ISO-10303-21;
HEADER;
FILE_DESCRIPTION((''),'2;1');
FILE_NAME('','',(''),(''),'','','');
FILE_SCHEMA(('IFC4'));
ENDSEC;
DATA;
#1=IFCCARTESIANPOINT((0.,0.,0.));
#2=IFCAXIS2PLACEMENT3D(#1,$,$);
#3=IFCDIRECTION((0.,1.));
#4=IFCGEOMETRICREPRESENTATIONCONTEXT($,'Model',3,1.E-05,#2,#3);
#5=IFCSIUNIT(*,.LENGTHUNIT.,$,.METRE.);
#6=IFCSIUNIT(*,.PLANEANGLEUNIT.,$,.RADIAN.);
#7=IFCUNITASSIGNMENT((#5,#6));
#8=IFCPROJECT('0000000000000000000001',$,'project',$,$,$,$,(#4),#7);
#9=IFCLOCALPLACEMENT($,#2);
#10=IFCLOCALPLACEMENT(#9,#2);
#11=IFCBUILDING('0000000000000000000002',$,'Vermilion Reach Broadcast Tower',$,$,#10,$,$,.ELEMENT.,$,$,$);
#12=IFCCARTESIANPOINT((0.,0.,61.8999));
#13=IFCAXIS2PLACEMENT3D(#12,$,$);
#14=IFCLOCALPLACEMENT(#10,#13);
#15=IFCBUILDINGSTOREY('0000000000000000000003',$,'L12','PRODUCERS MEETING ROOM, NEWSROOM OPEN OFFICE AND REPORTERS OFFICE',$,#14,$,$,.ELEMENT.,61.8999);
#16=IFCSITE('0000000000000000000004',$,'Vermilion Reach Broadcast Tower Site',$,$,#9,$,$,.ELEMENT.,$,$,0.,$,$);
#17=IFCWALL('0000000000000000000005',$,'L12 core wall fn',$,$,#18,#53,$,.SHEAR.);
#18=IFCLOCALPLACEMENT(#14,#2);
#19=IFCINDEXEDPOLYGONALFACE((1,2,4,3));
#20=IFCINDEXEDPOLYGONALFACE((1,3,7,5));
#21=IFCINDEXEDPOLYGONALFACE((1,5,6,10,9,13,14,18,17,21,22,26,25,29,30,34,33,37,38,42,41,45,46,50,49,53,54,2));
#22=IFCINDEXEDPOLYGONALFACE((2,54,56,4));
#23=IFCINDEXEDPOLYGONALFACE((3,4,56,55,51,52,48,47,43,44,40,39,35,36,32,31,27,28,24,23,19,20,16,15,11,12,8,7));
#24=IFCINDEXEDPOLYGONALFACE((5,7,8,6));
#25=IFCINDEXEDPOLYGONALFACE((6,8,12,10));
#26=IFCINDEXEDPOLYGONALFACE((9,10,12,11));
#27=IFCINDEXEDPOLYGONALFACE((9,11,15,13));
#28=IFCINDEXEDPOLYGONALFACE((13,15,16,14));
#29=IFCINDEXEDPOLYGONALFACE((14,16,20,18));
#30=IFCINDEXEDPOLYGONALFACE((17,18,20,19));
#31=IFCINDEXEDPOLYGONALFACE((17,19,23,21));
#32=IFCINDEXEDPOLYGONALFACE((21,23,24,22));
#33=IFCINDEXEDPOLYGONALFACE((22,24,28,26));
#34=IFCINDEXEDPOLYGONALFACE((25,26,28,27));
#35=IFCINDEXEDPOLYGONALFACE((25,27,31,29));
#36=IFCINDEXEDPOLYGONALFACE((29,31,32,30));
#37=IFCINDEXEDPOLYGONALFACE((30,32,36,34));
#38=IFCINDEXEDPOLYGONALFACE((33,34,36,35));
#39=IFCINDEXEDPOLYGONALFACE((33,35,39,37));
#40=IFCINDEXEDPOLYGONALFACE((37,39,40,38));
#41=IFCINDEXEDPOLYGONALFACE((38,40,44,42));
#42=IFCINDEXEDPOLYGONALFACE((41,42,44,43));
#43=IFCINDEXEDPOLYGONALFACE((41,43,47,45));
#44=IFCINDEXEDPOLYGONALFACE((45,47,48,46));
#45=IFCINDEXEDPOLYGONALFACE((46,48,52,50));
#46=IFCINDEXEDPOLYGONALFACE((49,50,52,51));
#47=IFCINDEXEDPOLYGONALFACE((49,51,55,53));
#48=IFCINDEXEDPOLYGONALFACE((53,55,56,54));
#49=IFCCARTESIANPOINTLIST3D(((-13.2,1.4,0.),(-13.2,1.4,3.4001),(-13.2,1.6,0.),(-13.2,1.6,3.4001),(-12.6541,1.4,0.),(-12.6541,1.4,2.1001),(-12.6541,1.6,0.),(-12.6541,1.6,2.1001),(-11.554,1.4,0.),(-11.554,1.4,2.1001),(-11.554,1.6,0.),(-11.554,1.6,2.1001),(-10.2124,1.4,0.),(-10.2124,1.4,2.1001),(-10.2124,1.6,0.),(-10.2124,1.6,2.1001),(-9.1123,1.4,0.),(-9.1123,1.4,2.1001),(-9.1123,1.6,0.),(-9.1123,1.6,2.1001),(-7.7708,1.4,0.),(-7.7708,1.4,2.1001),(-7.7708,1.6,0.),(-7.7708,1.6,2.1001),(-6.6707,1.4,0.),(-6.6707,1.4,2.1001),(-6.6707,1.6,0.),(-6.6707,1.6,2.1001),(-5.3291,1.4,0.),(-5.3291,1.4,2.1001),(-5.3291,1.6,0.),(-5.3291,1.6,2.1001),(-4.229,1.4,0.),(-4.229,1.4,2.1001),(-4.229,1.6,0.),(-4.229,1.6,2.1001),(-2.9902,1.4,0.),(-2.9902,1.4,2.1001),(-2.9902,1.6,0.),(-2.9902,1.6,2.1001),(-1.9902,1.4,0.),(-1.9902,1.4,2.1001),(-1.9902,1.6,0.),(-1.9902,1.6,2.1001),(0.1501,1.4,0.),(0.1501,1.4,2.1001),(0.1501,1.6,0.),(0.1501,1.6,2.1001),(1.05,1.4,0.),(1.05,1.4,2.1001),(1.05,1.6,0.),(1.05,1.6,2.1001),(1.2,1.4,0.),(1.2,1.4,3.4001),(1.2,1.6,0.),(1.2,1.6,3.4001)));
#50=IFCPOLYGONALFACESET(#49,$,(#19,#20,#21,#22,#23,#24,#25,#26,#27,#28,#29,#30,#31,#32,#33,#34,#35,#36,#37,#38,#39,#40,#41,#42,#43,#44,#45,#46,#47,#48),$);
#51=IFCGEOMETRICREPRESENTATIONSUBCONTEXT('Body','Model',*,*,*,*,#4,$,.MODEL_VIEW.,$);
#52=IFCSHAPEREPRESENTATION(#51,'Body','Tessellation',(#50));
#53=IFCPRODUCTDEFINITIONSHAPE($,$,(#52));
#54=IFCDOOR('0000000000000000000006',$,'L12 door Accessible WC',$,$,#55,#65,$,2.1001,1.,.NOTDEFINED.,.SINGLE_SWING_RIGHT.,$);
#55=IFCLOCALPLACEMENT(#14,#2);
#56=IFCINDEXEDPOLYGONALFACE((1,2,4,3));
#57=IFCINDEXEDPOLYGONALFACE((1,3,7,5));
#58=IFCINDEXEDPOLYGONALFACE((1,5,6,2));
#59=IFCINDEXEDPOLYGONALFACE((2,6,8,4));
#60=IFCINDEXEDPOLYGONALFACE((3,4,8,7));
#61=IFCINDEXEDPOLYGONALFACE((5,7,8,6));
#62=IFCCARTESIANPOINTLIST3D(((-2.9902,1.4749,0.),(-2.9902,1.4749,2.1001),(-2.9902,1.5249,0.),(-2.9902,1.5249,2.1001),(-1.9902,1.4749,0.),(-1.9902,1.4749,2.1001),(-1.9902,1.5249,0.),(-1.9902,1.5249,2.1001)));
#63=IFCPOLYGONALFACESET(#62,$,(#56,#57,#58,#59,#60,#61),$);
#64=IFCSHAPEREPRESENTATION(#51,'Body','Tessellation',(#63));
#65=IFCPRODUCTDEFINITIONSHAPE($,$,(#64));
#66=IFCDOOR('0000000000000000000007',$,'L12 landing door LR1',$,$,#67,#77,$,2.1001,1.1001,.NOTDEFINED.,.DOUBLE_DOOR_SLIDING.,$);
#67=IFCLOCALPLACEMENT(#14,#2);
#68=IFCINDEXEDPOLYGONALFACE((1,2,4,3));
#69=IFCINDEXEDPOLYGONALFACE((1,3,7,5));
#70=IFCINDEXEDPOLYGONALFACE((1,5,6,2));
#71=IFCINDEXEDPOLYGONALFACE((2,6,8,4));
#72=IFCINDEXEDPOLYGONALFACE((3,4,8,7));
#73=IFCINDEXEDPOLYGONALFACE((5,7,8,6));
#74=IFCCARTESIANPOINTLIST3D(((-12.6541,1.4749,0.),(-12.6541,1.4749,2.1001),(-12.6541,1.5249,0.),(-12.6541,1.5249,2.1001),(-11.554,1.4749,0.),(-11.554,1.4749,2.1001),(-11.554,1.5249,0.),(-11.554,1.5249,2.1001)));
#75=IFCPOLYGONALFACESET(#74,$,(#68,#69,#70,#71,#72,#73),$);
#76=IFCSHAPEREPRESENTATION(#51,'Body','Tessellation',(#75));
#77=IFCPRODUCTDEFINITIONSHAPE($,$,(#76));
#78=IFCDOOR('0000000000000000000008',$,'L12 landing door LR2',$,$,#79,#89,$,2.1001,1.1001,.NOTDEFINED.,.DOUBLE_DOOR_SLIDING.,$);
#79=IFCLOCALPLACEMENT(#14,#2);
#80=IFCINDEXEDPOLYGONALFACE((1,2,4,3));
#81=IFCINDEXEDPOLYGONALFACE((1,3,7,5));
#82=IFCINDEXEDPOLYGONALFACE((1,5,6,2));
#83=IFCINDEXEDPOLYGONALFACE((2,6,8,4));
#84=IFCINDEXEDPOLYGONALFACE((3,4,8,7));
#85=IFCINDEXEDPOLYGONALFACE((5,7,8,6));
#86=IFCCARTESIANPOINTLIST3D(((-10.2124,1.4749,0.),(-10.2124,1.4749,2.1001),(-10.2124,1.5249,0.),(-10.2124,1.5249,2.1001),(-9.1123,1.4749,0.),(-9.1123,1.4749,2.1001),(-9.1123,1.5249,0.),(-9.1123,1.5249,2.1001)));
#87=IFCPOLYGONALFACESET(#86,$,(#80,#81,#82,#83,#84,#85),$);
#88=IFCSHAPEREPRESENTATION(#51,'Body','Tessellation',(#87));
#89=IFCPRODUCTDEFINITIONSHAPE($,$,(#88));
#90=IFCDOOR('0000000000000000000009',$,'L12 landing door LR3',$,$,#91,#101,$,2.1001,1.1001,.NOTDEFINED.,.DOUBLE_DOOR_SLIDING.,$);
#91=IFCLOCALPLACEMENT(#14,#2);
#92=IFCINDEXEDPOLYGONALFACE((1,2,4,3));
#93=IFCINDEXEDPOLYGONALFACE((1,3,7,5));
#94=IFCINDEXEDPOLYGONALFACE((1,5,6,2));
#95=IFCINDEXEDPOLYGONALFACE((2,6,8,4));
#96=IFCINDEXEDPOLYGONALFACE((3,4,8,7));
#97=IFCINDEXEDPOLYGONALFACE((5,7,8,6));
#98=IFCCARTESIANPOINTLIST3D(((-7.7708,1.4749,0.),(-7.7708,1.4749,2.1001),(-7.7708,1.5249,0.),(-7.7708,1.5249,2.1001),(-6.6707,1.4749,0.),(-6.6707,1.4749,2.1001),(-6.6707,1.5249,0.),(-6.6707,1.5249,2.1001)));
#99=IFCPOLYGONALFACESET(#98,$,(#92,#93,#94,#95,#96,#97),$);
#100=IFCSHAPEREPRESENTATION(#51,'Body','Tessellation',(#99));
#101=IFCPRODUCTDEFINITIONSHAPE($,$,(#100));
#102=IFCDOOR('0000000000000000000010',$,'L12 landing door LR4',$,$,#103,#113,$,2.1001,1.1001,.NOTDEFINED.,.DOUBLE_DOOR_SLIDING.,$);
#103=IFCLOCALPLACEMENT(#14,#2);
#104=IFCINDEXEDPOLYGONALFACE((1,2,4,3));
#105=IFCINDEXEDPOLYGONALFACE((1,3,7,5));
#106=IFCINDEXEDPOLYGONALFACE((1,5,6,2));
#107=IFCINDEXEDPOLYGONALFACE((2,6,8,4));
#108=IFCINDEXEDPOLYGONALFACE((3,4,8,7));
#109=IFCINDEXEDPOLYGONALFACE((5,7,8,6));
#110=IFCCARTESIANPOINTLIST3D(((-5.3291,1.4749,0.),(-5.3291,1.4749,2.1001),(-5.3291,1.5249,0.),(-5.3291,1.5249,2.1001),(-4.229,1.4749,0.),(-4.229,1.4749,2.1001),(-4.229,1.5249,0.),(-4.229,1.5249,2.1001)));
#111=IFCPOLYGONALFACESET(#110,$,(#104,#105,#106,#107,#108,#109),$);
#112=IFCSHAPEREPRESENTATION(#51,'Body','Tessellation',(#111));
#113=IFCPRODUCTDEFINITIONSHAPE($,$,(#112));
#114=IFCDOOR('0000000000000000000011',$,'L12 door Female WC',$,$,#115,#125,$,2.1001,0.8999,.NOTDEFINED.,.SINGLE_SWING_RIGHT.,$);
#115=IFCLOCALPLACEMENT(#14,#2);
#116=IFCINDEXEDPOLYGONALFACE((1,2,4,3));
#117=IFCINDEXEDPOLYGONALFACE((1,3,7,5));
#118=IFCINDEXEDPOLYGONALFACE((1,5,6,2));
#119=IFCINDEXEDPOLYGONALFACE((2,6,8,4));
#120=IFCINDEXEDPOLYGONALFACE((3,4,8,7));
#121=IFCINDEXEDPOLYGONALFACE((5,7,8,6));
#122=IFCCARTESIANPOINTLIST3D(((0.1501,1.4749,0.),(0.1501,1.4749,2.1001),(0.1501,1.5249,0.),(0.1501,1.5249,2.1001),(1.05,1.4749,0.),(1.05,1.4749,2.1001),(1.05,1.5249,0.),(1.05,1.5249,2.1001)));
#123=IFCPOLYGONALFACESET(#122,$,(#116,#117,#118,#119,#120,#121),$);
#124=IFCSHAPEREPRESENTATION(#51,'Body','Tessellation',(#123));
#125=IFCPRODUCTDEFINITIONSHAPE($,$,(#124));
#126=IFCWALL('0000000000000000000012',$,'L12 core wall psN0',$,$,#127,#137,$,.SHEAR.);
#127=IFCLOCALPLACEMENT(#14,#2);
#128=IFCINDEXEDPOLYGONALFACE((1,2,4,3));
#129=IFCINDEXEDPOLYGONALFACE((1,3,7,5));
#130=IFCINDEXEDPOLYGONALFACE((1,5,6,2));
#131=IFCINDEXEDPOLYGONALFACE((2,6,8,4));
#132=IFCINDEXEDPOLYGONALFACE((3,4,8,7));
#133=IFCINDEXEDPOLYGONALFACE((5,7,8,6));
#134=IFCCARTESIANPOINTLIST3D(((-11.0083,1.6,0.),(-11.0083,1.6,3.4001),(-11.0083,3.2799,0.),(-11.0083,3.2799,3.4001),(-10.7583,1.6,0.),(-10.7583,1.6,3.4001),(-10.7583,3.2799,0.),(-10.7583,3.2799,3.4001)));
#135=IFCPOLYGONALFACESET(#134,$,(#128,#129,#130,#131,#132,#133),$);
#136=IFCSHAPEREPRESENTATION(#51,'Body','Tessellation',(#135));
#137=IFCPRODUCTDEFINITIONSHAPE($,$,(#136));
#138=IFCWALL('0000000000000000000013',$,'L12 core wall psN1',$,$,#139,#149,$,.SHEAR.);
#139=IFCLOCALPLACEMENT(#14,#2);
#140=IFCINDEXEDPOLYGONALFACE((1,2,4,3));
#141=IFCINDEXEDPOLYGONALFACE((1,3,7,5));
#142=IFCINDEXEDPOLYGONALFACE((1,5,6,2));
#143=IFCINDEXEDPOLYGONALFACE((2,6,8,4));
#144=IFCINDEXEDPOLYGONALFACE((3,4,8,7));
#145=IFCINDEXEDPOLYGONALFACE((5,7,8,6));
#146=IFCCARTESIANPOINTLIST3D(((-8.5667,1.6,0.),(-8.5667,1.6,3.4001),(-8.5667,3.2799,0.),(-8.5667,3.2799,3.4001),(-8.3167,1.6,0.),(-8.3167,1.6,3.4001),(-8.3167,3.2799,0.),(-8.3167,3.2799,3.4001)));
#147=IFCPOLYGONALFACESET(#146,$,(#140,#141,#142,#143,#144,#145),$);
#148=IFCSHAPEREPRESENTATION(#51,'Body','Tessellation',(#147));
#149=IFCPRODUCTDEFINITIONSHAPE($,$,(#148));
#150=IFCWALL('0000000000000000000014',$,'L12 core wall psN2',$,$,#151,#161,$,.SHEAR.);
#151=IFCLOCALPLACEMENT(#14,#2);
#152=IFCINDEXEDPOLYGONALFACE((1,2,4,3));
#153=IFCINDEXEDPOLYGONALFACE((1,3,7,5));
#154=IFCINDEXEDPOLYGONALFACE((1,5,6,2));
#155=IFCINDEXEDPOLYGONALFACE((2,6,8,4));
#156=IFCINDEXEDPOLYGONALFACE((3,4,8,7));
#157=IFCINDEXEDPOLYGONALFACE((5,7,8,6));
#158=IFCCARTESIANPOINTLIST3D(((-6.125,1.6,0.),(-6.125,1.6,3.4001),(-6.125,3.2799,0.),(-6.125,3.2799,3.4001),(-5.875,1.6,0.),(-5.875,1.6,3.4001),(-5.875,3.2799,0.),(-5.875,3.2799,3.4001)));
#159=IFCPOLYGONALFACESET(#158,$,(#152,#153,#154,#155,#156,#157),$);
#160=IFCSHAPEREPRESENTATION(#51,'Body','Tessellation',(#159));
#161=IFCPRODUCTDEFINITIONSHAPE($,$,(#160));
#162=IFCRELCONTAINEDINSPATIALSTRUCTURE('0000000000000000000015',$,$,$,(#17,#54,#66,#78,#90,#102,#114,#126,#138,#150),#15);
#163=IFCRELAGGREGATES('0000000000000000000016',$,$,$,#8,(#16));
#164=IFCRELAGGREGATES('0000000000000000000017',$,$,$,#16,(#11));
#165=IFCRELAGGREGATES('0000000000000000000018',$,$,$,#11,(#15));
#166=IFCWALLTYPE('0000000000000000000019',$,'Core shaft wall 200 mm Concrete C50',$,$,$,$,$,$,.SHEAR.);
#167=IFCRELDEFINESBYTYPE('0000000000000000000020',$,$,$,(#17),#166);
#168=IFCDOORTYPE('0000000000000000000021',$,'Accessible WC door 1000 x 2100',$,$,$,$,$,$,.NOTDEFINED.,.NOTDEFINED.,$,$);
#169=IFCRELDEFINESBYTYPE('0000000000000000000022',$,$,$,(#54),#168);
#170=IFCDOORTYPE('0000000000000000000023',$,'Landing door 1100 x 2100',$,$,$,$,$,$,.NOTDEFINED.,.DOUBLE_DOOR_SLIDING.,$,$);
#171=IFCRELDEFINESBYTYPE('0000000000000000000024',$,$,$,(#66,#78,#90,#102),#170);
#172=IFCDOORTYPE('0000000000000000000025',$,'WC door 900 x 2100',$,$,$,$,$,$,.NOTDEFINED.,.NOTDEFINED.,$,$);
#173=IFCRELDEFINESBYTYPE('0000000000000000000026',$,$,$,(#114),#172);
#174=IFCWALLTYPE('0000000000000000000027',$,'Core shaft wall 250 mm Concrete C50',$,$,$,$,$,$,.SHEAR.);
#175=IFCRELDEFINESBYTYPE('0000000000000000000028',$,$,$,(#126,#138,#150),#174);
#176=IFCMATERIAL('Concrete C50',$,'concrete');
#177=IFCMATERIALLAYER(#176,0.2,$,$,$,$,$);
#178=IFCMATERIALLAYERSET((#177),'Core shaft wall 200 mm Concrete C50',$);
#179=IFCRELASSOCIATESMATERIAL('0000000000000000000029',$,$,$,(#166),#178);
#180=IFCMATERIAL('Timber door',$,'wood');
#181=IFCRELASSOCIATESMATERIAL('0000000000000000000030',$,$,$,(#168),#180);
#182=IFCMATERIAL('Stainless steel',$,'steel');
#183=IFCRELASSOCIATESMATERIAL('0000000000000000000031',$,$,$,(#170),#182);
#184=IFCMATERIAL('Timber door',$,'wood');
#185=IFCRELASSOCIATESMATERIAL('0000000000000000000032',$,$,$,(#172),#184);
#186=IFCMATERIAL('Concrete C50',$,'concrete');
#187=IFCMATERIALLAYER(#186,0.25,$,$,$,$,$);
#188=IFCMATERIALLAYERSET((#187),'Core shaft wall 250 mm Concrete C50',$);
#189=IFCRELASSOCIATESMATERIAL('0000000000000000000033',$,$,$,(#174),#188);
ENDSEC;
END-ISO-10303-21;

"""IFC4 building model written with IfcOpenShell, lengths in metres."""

from ifc_helpers import new_model, si_unit, direction, frame, frame_2d, origin, place, context, subcontext, project, spatial, rectangle, extrude, material, layer, layer_set, type_object, element, fill, save


model = new_model("IFC4")

# Units and contexts
model_context = context("Model", 3, precision=1e-05, world=origin(), true_north=direction((0.0, 1.0)))
body_context = subcontext(model_context, "Body", "Model", "MODEL_VIEW")
ifc_project = project(units=[si_unit("LENGTHUNIT", "METRE"), si_unit("PLANEANGLEUNIT", "RADIAN")], contexts=[model_context])

# Site, building, storey
site_placement = place(None, origin())
site = spatial("IfcSite", under=ifc_project, at=site_placement, Name="Vermilion Reach Broadcast Tower Site", CompositionType="ELEMENT", RefElevation=0.0)
building_placement = place(site_placement, origin())
building = spatial("IfcBuilding", under=site, at=building_placement, Name="Vermilion Reach Broadcast Tower", CompositionType="ELEMENT")
storey_placement = place(building_placement, frame((0.0, 0.0, 61.8999)))
storey = spatial("IfcBuildingStorey", under=building, at=storey_placement, Name="L12", Description="PRODUCERS MEETING ROOM, NEWSROOM OPEN OFFICE AND REPORTERS OFFICE", CompositionType="ELEMENT", Elevation=61.8999)

# Wall, openings, doors
ifc_material_1 = material(Name="Concrete C50", Category="concrete")
ifc_layer_1 = layer(ifc_material_1, 0.2)
ifc_layer_set_1 = layer_set([ifc_layer_1], Name="Core shaft wall 200 mm Concrete C50")
wall_type_1 = type_object("IfcWallType", Name="Core shaft wall 200 mm Concrete C50", PredefinedType="SHEAR", material=ifc_layer_set_1)
wall_1_placement = place(storey_placement, frame((-13.2, 1.5, 0.0), z_axis=(0.0, 0.0, 1.0), x_axis=(1.0, 0.0, 0.0)))
wall_1 = element("IfcWall", 1, at=wall_1_placement, inside=storey, type_object=wall_type_1, Name="L12 core wall fn", PredefinedType="SHEAR", context=body_context, shape_type="SweptSolid", body=[
    extrude(rectangle(XDim=14.3999, YDim=0.2, at=frame_2d((7.2, 0.0))), origin(), (0.0, 0.0, 1.0), 3.4001),
])
opening_1_placement = place(wall_1_placement, frame((0.5459, 0.0, 0.0)))
opening_1 = element("IfcOpeningElement", 2, at=opening_1_placement, cuts=wall_1, PredefinedType="OPENING", context=body_context, shape_type="SweptSolid", body=[
    extrude(rectangle(XDim=1.1001, YDim=2.1001, at=frame_2d((0.55, 1.05))), frame((0.0, 0.1099, 0.0), z_axis=(0.0, -1.0, 0.0), x_axis=(1.0, 0.0, 0.0)), (0.0, 0.0, 1.0), 0.22),
])
opening_2_placement = place(wall_1_placement, frame((2.9875, 0.0, 0.0)))
opening_2 = element("IfcOpeningElement", 3, at=opening_2_placement, cuts=wall_1, PredefinedType="OPENING", context=body_context, shape_type="SweptSolid", body=[
    extrude(rectangle(XDim=1.1001, YDim=2.1001, at=frame_2d((0.55, 1.05))), frame((0.0, 0.1099, 0.0), z_axis=(0.0, -1.0, 0.0), x_axis=(1.0, 0.0, 0.0)), (0.0, 0.0, 1.0), 0.22),
])
opening_3_placement = place(wall_1_placement, frame((5.4292, 0.0, 0.0)))
opening_3 = element("IfcOpeningElement", 4, at=opening_3_placement, cuts=wall_1, PredefinedType="OPENING", context=body_context, shape_type="SweptSolid", body=[
    extrude(rectangle(XDim=1.1001, YDim=2.1001, at=frame_2d((0.55, 1.05))), frame((0.0, 0.1099, 0.0), z_axis=(0.0, -1.0, 0.0), x_axis=(1.0, 0.0, 0.0)), (0.0, 0.0, 1.0), 0.22),
])
opening_4_placement = place(wall_1_placement, frame((7.8708, 0.0, 0.0)))
opening_4 = element("IfcOpeningElement", 5, at=opening_4_placement, cuts=wall_1, PredefinedType="OPENING", context=body_context, shape_type="SweptSolid", body=[
    extrude(rectangle(XDim=1.1001, YDim=2.1001, at=frame_2d((0.55, 1.05))), frame((0.0, 0.1099, 0.0), z_axis=(0.0, -1.0, 0.0), x_axis=(1.0, 0.0, 0.0)), (0.0, 0.0, 1.0), 0.22),
])
opening_5_placement = place(wall_1_placement, frame((10.2097, 0.0, 0.0)))
opening_5 = element("IfcOpeningElement", 6, at=opening_5_placement, cuts=wall_1, PredefinedType="OPENING", context=body_context, shape_type="SweptSolid", body=[
    extrude(rectangle(XDim=1.0, YDim=2.1001, at=frame_2d((0.5, 1.05))), frame((0.0, 0.1099, 0.0), z_axis=(0.0, -1.0, 0.0), x_axis=(1.0, 0.0, 0.0)), (0.0, 0.0, 1.0), 0.22),
])
opening_6_placement = place(wall_1_placement, frame((13.3501, 0.0, 0.0)))
opening_6 = element("IfcOpeningElement", 7, at=opening_6_placement, cuts=wall_1, PredefinedType="OPENING", context=body_context, shape_type="SweptSolid", body=[
    extrude(rectangle(XDim=0.8999, YDim=2.1001, at=frame_2d((0.45, 1.05))), frame((0.0, 0.1099, 0.0), z_axis=(0.0, -1.0, 0.0), x_axis=(1.0, 0.0, 0.0)), (0.0, 0.0, 1.0), 0.22),
])
ifc_material_2 = material(Name="Timber door", Category="wood")
door_type_1 = type_object("IfcDoorType", Name="Accessible WC door 1000 x 2100", OperationType="NOTDEFINED", PredefinedType="NOTDEFINED", material=ifc_material_2)
door_1_placement = place(opening_5_placement, origin())
door_1 = element("IfcDoor", 8, at=door_1_placement, inside=storey, type_object=door_type_1, Name="L12 door Accessible WC", OperationType="SINGLE_SWING_RIGHT", OverallHeight=2.1001, OverallWidth=1.0, PredefinedType="NOTDEFINED", context=body_context, shape_type="SweptSolid", body=[
    extrude(rectangle(XDim=1.0, YDim=2.1001, at=frame_2d((0.5, 1.05))), frame((0.0, 0.0249, 0.0), z_axis=(0.0, -1.0, 0.0), x_axis=(1.0, 0.0, 0.0)), (0.0, 0.0, 1.0), 0.05),
])
fill(opening_5, door_1)
ifc_material_3 = material(Name="Stainless steel", Category="steel")
door_type_2 = type_object("IfcDoorType", Name="Landing door 1100 x 2100", OperationType="DOUBLE_DOOR_SLIDING", PredefinedType="NOTDEFINED", material=ifc_material_3)
door_2_placement = place(opening_1_placement, origin())
door_2 = element("IfcDoor", 9, at=door_2_placement, inside=storey, type_object=door_type_2, Name="L12 landing door LR1", OperationType="DOUBLE_DOOR_SLIDING", OverallHeight=2.1001, OverallWidth=1.1001, PredefinedType="NOTDEFINED", context=body_context, shape_type="SweptSolid", body=[
    extrude(rectangle(XDim=1.1001, YDim=2.1001, at=frame_2d((0.55, 1.05))), frame((0.0, 0.0249, 0.0), z_axis=(0.0, -1.0, 0.0), x_axis=(1.0, 0.0, 0.0)), (0.0, 0.0, 1.0), 0.05),
])
fill(opening_1, door_2)
door_3_placement = place(opening_2_placement, origin())
door_3 = element("IfcDoor", 10, at=door_3_placement, inside=storey, type_object=door_type_2, Name="L12 landing door LR2", OperationType="DOUBLE_DOOR_SLIDING", OverallHeight=2.1001, OverallWidth=1.1001, PredefinedType="NOTDEFINED", context=body_context, shape_type="SweptSolid", body=[
    extrude(rectangle(XDim=1.1001, YDim=2.1001, at=frame_2d((0.55, 1.05))), frame((0.0, 0.0249, 0.0), z_axis=(0.0, -1.0, 0.0), x_axis=(1.0, 0.0, 0.0)), (0.0, 0.0, 1.0), 0.05),
])
fill(opening_2, door_3)
door_4_placement = place(opening_3_placement, origin())
door_4 = element("IfcDoor", 11, at=door_4_placement, inside=storey, type_object=door_type_2, Name="L12 landing door LR3", OperationType="DOUBLE_DOOR_SLIDING", OverallHeight=2.1001, OverallWidth=1.1001, PredefinedType="NOTDEFINED", context=body_context, shape_type="SweptSolid", body=[
    extrude(rectangle(XDim=1.1001, YDim=2.1001, at=frame_2d((0.55, 1.05))), frame((0.0, 0.0249, 0.0), z_axis=(0.0, -1.0, 0.0), x_axis=(1.0, 0.0, 0.0)), (0.0, 0.0, 1.0), 0.05),
])
fill(opening_3, door_4)
door_5_placement = place(opening_4_placement, origin())
door_5 = element("IfcDoor", 12, at=door_5_placement, inside=storey, type_object=door_type_2, Name="L12 landing door LR4", OperationType="DOUBLE_DOOR_SLIDING", OverallHeight=2.1001, OverallWidth=1.1001, PredefinedType="NOTDEFINED", context=body_context, shape_type="SweptSolid", body=[
    extrude(rectangle(XDim=1.1001, YDim=2.1001, at=frame_2d((0.55, 1.05))), frame((0.0, 0.0249, 0.0), z_axis=(0.0, -1.0, 0.0), x_axis=(1.0, 0.0, 0.0)), (0.0, 0.0, 1.0), 0.05),
])
fill(opening_4, door_5)
ifc_material_4 = material(Name="Timber door", Category="wood")
door_type_3 = type_object("IfcDoorType", Name="WC door 900 x 2100", OperationType="NOTDEFINED", PredefinedType="NOTDEFINED", material=ifc_material_4)
door_6_placement = place(opening_6_placement, origin())
door_6 = element("IfcDoor", 13, at=door_6_placement, inside=storey, type_object=door_type_3, Name="L12 door Female WC", OperationType="SINGLE_SWING_RIGHT", OverallHeight=2.1001, OverallWidth=0.8999, PredefinedType="NOTDEFINED", context=body_context, shape_type="SweptSolid", body=[
    extrude(rectangle(XDim=0.8999, YDim=2.1001, at=frame_2d((0.45, 1.05))), frame((0.0, 0.0249, 0.0), z_axis=(0.0, -1.0, 0.0), x_axis=(1.0, 0.0, 0.0)), (0.0, 0.0, 1.0), 0.05),
])
fill(opening_6, door_6)

# Walls
ifc_material_5 = material(Name="Concrete C50", Category="concrete")
ifc_layer_2 = layer(ifc_material_5, 0.25)
ifc_layer_set_2 = layer_set([ifc_layer_2], Name="Core shaft wall 250 mm Concrete C50")
wall_type_2 = type_object("IfcWallType", Name="Core shaft wall 250 mm Concrete C50", PredefinedType="SHEAR", material=ifc_layer_set_2)
for number, where, z_axis, x_axis, name in (
    (14, (-10.8833, 1.6001, 0.0), (0.0, 0.0, 1.0), (0.0, 1.0, 0.0), "L12 core wall psN0"),
    (15, (-8.4417, 1.6001, 0.0), (0.0, 0.0, 1.0), (0.0, 1.0, 0.0), "L12 core wall psN1"),
    (16, (-6.0, 1.6001, 0.0), (0.0, 0.0, 1.0), (0.0, 1.0, 0.0), "L12 core wall psN2"),
):
    element("IfcWall", number, at=place(storey_placement, frame(where, z_axis=z_axis, x_axis=x_axis)), inside=storey, type_object=wall_type_2, Name=name, PredefinedType="SHEAR", context=body_context, shape_type="SweptSolid", body=[
        extrude(rectangle(XDim=1.6799, YDim=0.25, at=frame_2d((0.8398, 0.0))), origin(), (0.0, 0.0, 1.0), 3.4001),
    ])

save(model, "model.ifc")
